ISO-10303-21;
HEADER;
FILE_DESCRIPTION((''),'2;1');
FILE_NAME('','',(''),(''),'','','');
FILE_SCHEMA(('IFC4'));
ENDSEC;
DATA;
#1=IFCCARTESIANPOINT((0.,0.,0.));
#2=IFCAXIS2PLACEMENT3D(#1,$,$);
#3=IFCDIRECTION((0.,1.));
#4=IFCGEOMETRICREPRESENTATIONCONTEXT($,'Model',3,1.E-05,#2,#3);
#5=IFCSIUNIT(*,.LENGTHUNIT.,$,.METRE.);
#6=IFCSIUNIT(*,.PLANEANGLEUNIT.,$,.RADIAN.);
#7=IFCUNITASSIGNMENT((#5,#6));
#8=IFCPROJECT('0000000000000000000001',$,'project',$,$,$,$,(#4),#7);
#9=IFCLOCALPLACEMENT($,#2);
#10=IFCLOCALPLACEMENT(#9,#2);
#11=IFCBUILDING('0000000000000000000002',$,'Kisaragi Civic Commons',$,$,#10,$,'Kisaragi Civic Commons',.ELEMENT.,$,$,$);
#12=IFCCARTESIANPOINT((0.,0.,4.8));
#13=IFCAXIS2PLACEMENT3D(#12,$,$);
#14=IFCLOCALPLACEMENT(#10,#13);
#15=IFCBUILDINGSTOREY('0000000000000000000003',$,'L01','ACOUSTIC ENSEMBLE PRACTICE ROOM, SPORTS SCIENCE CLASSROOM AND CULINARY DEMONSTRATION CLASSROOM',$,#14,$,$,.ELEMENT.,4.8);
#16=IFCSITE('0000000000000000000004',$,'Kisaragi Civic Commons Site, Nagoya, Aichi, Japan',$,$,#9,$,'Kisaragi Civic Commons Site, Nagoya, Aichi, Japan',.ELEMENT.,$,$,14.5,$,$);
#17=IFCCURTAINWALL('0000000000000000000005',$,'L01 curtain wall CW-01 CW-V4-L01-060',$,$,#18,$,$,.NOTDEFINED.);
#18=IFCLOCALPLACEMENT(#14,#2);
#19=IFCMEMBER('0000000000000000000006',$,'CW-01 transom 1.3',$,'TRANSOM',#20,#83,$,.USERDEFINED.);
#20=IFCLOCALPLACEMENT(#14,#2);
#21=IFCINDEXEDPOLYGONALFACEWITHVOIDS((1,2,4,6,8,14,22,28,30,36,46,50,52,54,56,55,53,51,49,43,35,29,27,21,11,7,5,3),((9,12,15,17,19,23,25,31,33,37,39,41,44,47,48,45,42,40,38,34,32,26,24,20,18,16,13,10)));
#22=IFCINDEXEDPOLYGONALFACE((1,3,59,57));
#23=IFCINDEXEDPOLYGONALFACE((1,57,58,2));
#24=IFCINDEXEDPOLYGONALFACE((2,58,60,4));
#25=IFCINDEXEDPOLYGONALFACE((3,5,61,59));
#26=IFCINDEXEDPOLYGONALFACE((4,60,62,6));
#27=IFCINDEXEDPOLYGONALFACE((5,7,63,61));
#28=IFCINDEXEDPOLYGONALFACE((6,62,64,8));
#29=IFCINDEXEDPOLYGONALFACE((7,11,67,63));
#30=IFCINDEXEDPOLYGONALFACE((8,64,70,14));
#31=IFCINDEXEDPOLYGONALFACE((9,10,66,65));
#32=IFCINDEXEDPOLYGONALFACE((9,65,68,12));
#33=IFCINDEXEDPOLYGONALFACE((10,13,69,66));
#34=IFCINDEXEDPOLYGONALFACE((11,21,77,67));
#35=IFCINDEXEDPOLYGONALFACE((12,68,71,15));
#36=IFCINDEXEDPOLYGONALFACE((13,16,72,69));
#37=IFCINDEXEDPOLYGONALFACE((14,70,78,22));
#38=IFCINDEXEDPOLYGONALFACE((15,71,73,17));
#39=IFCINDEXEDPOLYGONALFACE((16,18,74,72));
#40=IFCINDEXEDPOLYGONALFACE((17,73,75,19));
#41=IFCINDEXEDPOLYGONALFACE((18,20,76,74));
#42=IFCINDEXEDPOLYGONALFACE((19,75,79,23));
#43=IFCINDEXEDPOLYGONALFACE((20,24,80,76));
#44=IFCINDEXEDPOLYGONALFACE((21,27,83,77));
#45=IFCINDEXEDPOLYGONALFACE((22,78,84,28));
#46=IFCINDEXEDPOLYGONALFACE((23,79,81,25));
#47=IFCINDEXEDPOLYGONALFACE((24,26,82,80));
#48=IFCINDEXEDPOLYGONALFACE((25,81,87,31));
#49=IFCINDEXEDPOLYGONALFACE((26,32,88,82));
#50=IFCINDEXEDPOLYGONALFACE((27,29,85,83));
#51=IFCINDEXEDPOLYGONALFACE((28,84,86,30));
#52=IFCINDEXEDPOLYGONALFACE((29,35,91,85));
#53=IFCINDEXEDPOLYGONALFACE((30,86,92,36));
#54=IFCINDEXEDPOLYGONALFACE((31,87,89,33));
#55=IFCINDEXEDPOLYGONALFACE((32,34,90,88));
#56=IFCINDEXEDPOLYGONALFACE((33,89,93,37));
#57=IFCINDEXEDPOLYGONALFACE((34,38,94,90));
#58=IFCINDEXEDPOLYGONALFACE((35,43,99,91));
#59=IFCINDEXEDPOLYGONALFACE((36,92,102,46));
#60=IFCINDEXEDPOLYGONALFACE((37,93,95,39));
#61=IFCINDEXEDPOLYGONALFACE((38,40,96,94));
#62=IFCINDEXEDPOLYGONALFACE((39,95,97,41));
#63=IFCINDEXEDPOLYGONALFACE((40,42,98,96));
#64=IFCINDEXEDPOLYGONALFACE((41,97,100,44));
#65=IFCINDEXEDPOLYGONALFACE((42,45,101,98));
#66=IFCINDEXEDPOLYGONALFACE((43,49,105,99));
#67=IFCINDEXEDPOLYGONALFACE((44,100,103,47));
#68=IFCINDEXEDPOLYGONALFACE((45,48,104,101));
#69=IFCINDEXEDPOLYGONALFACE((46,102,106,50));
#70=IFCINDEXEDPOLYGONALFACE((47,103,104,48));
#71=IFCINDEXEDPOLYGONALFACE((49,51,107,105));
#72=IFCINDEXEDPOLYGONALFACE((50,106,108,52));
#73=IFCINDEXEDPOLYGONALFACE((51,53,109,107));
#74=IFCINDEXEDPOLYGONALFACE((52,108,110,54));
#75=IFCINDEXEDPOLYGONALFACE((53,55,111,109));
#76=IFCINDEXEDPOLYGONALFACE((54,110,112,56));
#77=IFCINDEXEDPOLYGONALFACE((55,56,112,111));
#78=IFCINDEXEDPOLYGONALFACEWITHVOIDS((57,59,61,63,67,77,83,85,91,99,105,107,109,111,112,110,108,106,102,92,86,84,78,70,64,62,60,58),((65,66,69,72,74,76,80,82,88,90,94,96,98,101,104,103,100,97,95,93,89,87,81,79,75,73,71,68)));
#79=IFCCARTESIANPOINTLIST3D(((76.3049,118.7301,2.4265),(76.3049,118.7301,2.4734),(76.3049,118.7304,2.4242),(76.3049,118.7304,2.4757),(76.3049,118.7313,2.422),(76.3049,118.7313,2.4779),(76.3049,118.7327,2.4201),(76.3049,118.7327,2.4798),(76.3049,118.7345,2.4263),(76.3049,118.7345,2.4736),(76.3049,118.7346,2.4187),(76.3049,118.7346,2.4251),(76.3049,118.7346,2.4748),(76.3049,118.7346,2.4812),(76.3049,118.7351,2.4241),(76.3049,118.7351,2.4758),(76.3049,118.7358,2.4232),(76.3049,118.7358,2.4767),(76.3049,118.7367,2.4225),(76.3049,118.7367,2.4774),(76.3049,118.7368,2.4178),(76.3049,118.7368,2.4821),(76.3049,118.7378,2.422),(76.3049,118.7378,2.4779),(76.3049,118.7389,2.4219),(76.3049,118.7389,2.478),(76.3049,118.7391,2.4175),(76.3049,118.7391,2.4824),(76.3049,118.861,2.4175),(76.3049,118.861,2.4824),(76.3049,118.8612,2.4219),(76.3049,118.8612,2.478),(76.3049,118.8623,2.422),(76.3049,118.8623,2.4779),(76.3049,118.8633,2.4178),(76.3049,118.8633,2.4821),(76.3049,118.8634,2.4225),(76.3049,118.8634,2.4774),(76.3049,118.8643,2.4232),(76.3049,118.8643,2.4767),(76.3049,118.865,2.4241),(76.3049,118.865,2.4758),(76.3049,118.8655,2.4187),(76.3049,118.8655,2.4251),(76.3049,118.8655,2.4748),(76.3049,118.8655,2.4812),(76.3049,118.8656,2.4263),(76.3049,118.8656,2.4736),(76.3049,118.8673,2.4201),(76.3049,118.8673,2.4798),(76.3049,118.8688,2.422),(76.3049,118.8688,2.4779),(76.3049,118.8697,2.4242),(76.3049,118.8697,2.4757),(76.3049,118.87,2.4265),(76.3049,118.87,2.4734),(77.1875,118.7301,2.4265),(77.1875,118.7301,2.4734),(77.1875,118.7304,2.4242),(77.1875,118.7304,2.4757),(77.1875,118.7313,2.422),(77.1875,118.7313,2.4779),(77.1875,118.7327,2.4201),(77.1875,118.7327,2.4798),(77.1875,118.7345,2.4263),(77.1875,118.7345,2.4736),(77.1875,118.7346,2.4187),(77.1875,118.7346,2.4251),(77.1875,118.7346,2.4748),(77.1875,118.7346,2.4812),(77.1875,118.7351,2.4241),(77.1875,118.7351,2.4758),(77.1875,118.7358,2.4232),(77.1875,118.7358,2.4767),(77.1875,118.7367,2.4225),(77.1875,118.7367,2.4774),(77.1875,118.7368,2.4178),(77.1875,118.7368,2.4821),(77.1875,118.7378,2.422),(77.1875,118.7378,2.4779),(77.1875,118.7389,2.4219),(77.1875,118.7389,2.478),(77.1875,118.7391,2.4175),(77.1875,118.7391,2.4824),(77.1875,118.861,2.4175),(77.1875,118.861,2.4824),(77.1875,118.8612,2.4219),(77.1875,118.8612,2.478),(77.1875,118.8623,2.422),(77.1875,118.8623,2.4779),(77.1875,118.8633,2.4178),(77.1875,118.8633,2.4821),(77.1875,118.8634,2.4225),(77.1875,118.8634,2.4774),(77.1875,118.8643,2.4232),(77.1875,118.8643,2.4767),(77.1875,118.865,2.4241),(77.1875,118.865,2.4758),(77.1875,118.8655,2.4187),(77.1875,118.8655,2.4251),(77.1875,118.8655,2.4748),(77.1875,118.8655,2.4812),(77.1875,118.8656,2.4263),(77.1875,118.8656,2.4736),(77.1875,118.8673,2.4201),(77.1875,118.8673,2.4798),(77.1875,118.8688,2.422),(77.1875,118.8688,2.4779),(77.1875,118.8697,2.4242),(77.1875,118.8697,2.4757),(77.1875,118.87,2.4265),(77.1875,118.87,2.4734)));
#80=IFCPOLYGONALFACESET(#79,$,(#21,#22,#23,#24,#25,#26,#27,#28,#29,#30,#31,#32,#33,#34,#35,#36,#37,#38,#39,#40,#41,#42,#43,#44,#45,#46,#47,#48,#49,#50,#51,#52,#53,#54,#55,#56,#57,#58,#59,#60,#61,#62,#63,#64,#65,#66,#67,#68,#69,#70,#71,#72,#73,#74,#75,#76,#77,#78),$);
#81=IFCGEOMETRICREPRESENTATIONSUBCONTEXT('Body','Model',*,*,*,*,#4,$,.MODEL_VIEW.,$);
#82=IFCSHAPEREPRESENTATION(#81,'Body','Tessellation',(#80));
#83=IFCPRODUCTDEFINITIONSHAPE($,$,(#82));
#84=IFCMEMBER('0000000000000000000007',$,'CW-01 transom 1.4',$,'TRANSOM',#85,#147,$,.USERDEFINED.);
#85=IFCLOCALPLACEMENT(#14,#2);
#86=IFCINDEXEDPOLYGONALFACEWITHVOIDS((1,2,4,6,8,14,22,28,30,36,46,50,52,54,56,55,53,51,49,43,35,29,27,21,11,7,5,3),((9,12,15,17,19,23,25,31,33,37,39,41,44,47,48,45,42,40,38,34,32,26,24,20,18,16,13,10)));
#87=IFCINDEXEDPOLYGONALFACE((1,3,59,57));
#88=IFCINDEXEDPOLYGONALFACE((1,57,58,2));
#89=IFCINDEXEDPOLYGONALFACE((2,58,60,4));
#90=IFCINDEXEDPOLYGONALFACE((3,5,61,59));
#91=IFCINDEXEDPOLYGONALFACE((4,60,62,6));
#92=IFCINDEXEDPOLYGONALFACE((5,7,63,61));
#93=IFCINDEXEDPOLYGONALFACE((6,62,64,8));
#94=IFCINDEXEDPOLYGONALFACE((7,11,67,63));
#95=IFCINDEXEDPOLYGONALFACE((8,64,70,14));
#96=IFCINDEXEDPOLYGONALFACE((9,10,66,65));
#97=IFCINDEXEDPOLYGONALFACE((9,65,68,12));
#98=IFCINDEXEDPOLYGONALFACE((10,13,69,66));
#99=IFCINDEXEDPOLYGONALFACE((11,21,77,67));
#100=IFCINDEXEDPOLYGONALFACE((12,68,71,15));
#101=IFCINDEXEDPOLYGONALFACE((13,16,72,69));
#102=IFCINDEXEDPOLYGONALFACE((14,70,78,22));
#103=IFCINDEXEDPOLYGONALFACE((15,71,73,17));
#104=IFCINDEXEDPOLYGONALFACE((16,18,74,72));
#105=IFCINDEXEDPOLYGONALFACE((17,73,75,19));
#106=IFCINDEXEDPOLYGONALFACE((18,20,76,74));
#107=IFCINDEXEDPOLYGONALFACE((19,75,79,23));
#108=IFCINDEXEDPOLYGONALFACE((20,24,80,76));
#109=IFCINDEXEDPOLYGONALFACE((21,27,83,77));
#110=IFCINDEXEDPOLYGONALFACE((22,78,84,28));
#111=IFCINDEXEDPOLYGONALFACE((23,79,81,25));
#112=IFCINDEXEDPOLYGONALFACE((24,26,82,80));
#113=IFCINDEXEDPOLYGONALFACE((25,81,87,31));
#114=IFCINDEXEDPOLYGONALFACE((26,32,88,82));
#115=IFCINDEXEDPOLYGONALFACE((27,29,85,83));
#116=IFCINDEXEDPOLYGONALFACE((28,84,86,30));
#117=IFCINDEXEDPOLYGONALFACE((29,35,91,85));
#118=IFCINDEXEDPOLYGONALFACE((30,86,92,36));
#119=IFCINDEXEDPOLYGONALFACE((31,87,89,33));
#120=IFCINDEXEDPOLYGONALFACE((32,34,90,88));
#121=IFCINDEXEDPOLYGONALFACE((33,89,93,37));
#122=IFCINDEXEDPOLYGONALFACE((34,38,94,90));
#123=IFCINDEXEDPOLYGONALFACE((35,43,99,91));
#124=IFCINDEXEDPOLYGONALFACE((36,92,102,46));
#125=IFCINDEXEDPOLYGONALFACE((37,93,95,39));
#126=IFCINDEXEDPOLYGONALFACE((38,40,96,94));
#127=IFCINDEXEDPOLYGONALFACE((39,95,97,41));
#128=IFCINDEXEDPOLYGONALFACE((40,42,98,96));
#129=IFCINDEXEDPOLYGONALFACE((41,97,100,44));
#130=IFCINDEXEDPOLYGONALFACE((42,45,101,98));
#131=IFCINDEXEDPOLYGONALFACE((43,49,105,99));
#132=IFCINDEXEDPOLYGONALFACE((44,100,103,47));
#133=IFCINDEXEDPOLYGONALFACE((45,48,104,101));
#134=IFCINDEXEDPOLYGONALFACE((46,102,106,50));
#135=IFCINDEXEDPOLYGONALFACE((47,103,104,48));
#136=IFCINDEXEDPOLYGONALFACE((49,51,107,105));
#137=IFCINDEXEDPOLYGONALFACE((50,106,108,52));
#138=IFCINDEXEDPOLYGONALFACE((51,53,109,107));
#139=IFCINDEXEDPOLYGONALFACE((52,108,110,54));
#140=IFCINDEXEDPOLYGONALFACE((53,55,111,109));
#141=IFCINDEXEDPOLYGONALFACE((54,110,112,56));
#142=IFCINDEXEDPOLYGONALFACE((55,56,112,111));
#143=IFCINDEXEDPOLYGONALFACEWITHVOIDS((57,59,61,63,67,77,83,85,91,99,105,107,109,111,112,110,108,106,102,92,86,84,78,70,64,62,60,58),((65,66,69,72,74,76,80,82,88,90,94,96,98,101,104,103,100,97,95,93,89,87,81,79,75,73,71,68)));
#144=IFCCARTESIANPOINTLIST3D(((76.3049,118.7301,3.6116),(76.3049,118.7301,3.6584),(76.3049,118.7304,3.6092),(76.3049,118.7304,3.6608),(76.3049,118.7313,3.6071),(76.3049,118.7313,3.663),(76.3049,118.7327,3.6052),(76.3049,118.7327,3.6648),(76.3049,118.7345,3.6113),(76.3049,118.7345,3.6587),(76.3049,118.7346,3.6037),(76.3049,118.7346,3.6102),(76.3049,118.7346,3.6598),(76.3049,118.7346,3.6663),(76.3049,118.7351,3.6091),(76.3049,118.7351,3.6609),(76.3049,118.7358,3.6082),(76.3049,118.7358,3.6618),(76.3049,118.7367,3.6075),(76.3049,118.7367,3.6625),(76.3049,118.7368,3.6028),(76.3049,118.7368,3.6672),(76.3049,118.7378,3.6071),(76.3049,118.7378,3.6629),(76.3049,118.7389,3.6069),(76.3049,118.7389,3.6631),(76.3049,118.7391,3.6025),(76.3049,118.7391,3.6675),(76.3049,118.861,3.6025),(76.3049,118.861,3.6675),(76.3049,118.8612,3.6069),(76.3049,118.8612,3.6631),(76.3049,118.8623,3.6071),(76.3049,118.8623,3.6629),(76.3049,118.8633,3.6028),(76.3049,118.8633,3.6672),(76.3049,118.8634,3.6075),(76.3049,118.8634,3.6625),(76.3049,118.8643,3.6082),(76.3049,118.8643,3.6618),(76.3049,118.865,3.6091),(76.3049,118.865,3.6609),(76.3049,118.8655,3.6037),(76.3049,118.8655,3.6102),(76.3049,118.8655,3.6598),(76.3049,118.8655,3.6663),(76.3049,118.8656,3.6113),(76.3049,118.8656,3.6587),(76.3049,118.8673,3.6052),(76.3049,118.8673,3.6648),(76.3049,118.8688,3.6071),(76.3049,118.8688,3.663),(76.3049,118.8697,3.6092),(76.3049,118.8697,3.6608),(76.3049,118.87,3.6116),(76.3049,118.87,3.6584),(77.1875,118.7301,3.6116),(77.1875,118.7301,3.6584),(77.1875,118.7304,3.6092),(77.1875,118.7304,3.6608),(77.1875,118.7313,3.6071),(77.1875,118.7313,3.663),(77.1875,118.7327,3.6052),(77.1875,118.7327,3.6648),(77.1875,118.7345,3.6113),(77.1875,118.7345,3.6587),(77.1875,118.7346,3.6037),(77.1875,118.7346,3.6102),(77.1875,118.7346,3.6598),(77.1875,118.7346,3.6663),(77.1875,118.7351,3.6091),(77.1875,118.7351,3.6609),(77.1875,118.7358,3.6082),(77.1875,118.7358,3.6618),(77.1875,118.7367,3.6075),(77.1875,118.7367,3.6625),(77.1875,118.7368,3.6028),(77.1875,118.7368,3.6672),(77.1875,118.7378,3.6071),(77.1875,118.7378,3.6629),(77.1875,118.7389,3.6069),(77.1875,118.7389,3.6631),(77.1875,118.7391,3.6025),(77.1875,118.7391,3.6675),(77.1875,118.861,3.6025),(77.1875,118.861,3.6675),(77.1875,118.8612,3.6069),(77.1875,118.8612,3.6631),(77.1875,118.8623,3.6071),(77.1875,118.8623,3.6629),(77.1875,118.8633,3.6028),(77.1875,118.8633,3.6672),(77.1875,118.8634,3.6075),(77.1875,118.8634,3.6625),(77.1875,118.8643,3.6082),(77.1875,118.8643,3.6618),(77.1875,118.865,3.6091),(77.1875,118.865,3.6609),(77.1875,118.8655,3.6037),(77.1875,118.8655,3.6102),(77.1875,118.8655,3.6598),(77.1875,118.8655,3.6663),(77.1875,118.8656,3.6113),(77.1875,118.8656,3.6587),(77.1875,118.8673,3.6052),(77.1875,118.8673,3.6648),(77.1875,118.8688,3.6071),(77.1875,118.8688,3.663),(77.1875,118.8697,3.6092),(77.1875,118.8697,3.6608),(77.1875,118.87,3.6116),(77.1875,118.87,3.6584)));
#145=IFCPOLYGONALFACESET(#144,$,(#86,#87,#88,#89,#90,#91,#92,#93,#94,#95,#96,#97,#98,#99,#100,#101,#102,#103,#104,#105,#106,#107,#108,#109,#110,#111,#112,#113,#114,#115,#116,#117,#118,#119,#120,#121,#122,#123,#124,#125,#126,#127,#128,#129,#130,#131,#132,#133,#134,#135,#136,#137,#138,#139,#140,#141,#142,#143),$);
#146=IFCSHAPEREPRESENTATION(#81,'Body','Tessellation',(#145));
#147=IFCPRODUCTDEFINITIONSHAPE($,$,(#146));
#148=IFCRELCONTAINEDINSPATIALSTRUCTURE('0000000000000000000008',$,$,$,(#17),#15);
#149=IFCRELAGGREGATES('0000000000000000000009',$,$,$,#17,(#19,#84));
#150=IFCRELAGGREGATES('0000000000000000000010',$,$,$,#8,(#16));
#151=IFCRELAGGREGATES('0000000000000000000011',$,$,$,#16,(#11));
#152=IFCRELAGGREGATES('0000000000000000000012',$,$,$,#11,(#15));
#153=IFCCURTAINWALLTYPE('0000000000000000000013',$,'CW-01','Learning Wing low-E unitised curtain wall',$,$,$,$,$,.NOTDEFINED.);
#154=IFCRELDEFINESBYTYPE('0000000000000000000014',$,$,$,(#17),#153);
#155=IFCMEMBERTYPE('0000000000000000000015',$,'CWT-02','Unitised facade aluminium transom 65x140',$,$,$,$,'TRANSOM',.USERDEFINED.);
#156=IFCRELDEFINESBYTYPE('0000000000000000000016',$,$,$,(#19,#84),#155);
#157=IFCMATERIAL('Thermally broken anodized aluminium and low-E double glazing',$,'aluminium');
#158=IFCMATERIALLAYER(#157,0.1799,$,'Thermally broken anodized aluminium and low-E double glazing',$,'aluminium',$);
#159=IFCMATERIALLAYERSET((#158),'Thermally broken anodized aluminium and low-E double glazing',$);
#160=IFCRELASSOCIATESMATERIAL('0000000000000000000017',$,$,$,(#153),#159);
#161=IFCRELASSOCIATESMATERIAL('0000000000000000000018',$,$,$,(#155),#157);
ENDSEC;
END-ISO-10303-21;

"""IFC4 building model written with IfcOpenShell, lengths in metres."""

from ifc_helpers import new_model, si_unit, direction, frame, origin, origin_2d, place, context, subcontext, project, spatial, hollow_rectangle, extrude, material, layer, layer_set, material_profile, profile_set, type_object, element, aggregate, save


model = new_model("IFC4")

# Units and contexts
model_context = context("Model", 3, precision=1e-05, world=origin(), true_north=direction((0.0, 1.0)))
body_context = subcontext(model_context, "Body", "Model", "MODEL_VIEW")
ifc_project = project(units=[si_unit("LENGTHUNIT", "METRE"), si_unit("PLANEANGLEUNIT", "RADIAN")], contexts=[model_context])

# Site, building, storey
site_placement = place(None, origin())
site = spatial("IfcSite", under=ifc_project, at=site_placement, Name="Kisaragi Civic Commons Site, Nagoya, Aichi, Japan", LongName="Kisaragi Civic Commons Site, Nagoya, Aichi, Japan", CompositionType="ELEMENT", RefElevation=14.5)
building_placement = place(site_placement, origin())
building = spatial("IfcBuilding", under=site, at=building_placement, Name="Kisaragi Civic Commons", LongName="Kisaragi Civic Commons", CompositionType="ELEMENT")
storey_placement = place(building_placement, frame((0.0, 0.0, 4.8)))
storey = spatial("IfcBuildingStorey", under=building, at=storey_placement, Name="L01", Description="ACOUSTIC ENSEMBLE PRACTICE ROOM, SPORTS SCIENCE CLASSROOM AND CULINARY DEMONSTRATION CLASSROOM", CompositionType="ELEMENT", Elevation=4.8)

# Shared definitions
ifc_material_1 = material(Name="Thermally broken anodized aluminium and low-E double glazing", Category="aluminium")
ifc_layer_1 = layer(ifc_material_1, 0.1799, Name="Thermally broken anodized aluminium and low-E double glazing", Category="aluminium")
ifc_layer_set_1 = layer_set([ifc_layer_1], Name="Thermally broken anodized aluminium and low-E double glazing")
curtain_wall_type = type_object("IfcCurtainWallType", Name="CW-01", Description="Learning Wing low-E unitised curtain wall", PredefinedType="NOTDEFINED", material=ifc_layer_set_1)

# Curtain wall
curtain_wall_1_placement = place(storey_placement, origin())
curtain_wall_1 = element("IfcCurtainWall", 1, at=curtain_wall_1_placement, inside=storey, type_object=curtain_wall_type, Name="L01 curtain wall CW-01 CW-V4-L01-060", PredefinedType="NOTDEFINED")

# Members
ifc_material_profile_1 = material_profile(ifc_material_1, hollow_rectangle(XDim=0.1399, YDim=0.0649, WallThickness=0.0044, InnerFilletRadius=0.0044, OuterFilletRadius=0.009, at=origin_2d()), Name="CWT-65x140x4.5", Category="aluminium")
ifc_profile_set_1 = profile_set([ifc_material_profile_1], Name="Thermally broken anodized aluminium and low-E double glazing")
member_type_1 = type_object("IfcMemberType", Name="CWT-02", Description="Unitised facade aluminium transom 65x140", ElementType="TRANSOM", PredefinedType="USERDEFINED", material=ifc_profile_set_1)
member_1_placement = place(storey_placement, frame((76.3049, 118.8, 2.45), z_axis=(1.0, 0.0, 0.0), x_axis=(0.0, 1.0, 0.0)))
member_1 = element("IfcMember", 2, at=member_1_placement, type_object=member_type_1, Name="CW-01 transom 1.3", ObjectType="TRANSOM", PredefinedType="USERDEFINED", context=body_context, shape_type="SweptSolid", body=[
    extrude(hollow_rectangle(XDim=0.1399, YDim=0.0649, WallThickness=0.0044, InnerFilletRadius=0.0044, OuterFilletRadius=0.009, at=origin_2d()), origin(), (0.0, 0.0, 1.0), 0.8826),
])
member_2_placement = place(storey_placement, frame((76.3049, 118.8, 3.635), z_axis=(1.0, 0.0, 0.0), x_axis=(0.0, 1.0, 0.0)))
member_2 = element("IfcMember", 3, at=member_2_placement, type_object=member_type_1, Name="CW-01 transom 1.4", ObjectType="TRANSOM", PredefinedType="USERDEFINED", context=body_context, shape_type="SweptSolid", body=[
    extrude(hollow_rectangle(XDim=0.1399, YDim=0.0649, WallThickness=0.0044, InnerFilletRadius=0.0044, OuterFilletRadius=0.009, at=origin_2d()), origin(), (0.0, 0.0, 1.0), 0.8826),
])

aggregate(curtain_wall_1, [member_1, member_2])

save(model, "model.ifc")
